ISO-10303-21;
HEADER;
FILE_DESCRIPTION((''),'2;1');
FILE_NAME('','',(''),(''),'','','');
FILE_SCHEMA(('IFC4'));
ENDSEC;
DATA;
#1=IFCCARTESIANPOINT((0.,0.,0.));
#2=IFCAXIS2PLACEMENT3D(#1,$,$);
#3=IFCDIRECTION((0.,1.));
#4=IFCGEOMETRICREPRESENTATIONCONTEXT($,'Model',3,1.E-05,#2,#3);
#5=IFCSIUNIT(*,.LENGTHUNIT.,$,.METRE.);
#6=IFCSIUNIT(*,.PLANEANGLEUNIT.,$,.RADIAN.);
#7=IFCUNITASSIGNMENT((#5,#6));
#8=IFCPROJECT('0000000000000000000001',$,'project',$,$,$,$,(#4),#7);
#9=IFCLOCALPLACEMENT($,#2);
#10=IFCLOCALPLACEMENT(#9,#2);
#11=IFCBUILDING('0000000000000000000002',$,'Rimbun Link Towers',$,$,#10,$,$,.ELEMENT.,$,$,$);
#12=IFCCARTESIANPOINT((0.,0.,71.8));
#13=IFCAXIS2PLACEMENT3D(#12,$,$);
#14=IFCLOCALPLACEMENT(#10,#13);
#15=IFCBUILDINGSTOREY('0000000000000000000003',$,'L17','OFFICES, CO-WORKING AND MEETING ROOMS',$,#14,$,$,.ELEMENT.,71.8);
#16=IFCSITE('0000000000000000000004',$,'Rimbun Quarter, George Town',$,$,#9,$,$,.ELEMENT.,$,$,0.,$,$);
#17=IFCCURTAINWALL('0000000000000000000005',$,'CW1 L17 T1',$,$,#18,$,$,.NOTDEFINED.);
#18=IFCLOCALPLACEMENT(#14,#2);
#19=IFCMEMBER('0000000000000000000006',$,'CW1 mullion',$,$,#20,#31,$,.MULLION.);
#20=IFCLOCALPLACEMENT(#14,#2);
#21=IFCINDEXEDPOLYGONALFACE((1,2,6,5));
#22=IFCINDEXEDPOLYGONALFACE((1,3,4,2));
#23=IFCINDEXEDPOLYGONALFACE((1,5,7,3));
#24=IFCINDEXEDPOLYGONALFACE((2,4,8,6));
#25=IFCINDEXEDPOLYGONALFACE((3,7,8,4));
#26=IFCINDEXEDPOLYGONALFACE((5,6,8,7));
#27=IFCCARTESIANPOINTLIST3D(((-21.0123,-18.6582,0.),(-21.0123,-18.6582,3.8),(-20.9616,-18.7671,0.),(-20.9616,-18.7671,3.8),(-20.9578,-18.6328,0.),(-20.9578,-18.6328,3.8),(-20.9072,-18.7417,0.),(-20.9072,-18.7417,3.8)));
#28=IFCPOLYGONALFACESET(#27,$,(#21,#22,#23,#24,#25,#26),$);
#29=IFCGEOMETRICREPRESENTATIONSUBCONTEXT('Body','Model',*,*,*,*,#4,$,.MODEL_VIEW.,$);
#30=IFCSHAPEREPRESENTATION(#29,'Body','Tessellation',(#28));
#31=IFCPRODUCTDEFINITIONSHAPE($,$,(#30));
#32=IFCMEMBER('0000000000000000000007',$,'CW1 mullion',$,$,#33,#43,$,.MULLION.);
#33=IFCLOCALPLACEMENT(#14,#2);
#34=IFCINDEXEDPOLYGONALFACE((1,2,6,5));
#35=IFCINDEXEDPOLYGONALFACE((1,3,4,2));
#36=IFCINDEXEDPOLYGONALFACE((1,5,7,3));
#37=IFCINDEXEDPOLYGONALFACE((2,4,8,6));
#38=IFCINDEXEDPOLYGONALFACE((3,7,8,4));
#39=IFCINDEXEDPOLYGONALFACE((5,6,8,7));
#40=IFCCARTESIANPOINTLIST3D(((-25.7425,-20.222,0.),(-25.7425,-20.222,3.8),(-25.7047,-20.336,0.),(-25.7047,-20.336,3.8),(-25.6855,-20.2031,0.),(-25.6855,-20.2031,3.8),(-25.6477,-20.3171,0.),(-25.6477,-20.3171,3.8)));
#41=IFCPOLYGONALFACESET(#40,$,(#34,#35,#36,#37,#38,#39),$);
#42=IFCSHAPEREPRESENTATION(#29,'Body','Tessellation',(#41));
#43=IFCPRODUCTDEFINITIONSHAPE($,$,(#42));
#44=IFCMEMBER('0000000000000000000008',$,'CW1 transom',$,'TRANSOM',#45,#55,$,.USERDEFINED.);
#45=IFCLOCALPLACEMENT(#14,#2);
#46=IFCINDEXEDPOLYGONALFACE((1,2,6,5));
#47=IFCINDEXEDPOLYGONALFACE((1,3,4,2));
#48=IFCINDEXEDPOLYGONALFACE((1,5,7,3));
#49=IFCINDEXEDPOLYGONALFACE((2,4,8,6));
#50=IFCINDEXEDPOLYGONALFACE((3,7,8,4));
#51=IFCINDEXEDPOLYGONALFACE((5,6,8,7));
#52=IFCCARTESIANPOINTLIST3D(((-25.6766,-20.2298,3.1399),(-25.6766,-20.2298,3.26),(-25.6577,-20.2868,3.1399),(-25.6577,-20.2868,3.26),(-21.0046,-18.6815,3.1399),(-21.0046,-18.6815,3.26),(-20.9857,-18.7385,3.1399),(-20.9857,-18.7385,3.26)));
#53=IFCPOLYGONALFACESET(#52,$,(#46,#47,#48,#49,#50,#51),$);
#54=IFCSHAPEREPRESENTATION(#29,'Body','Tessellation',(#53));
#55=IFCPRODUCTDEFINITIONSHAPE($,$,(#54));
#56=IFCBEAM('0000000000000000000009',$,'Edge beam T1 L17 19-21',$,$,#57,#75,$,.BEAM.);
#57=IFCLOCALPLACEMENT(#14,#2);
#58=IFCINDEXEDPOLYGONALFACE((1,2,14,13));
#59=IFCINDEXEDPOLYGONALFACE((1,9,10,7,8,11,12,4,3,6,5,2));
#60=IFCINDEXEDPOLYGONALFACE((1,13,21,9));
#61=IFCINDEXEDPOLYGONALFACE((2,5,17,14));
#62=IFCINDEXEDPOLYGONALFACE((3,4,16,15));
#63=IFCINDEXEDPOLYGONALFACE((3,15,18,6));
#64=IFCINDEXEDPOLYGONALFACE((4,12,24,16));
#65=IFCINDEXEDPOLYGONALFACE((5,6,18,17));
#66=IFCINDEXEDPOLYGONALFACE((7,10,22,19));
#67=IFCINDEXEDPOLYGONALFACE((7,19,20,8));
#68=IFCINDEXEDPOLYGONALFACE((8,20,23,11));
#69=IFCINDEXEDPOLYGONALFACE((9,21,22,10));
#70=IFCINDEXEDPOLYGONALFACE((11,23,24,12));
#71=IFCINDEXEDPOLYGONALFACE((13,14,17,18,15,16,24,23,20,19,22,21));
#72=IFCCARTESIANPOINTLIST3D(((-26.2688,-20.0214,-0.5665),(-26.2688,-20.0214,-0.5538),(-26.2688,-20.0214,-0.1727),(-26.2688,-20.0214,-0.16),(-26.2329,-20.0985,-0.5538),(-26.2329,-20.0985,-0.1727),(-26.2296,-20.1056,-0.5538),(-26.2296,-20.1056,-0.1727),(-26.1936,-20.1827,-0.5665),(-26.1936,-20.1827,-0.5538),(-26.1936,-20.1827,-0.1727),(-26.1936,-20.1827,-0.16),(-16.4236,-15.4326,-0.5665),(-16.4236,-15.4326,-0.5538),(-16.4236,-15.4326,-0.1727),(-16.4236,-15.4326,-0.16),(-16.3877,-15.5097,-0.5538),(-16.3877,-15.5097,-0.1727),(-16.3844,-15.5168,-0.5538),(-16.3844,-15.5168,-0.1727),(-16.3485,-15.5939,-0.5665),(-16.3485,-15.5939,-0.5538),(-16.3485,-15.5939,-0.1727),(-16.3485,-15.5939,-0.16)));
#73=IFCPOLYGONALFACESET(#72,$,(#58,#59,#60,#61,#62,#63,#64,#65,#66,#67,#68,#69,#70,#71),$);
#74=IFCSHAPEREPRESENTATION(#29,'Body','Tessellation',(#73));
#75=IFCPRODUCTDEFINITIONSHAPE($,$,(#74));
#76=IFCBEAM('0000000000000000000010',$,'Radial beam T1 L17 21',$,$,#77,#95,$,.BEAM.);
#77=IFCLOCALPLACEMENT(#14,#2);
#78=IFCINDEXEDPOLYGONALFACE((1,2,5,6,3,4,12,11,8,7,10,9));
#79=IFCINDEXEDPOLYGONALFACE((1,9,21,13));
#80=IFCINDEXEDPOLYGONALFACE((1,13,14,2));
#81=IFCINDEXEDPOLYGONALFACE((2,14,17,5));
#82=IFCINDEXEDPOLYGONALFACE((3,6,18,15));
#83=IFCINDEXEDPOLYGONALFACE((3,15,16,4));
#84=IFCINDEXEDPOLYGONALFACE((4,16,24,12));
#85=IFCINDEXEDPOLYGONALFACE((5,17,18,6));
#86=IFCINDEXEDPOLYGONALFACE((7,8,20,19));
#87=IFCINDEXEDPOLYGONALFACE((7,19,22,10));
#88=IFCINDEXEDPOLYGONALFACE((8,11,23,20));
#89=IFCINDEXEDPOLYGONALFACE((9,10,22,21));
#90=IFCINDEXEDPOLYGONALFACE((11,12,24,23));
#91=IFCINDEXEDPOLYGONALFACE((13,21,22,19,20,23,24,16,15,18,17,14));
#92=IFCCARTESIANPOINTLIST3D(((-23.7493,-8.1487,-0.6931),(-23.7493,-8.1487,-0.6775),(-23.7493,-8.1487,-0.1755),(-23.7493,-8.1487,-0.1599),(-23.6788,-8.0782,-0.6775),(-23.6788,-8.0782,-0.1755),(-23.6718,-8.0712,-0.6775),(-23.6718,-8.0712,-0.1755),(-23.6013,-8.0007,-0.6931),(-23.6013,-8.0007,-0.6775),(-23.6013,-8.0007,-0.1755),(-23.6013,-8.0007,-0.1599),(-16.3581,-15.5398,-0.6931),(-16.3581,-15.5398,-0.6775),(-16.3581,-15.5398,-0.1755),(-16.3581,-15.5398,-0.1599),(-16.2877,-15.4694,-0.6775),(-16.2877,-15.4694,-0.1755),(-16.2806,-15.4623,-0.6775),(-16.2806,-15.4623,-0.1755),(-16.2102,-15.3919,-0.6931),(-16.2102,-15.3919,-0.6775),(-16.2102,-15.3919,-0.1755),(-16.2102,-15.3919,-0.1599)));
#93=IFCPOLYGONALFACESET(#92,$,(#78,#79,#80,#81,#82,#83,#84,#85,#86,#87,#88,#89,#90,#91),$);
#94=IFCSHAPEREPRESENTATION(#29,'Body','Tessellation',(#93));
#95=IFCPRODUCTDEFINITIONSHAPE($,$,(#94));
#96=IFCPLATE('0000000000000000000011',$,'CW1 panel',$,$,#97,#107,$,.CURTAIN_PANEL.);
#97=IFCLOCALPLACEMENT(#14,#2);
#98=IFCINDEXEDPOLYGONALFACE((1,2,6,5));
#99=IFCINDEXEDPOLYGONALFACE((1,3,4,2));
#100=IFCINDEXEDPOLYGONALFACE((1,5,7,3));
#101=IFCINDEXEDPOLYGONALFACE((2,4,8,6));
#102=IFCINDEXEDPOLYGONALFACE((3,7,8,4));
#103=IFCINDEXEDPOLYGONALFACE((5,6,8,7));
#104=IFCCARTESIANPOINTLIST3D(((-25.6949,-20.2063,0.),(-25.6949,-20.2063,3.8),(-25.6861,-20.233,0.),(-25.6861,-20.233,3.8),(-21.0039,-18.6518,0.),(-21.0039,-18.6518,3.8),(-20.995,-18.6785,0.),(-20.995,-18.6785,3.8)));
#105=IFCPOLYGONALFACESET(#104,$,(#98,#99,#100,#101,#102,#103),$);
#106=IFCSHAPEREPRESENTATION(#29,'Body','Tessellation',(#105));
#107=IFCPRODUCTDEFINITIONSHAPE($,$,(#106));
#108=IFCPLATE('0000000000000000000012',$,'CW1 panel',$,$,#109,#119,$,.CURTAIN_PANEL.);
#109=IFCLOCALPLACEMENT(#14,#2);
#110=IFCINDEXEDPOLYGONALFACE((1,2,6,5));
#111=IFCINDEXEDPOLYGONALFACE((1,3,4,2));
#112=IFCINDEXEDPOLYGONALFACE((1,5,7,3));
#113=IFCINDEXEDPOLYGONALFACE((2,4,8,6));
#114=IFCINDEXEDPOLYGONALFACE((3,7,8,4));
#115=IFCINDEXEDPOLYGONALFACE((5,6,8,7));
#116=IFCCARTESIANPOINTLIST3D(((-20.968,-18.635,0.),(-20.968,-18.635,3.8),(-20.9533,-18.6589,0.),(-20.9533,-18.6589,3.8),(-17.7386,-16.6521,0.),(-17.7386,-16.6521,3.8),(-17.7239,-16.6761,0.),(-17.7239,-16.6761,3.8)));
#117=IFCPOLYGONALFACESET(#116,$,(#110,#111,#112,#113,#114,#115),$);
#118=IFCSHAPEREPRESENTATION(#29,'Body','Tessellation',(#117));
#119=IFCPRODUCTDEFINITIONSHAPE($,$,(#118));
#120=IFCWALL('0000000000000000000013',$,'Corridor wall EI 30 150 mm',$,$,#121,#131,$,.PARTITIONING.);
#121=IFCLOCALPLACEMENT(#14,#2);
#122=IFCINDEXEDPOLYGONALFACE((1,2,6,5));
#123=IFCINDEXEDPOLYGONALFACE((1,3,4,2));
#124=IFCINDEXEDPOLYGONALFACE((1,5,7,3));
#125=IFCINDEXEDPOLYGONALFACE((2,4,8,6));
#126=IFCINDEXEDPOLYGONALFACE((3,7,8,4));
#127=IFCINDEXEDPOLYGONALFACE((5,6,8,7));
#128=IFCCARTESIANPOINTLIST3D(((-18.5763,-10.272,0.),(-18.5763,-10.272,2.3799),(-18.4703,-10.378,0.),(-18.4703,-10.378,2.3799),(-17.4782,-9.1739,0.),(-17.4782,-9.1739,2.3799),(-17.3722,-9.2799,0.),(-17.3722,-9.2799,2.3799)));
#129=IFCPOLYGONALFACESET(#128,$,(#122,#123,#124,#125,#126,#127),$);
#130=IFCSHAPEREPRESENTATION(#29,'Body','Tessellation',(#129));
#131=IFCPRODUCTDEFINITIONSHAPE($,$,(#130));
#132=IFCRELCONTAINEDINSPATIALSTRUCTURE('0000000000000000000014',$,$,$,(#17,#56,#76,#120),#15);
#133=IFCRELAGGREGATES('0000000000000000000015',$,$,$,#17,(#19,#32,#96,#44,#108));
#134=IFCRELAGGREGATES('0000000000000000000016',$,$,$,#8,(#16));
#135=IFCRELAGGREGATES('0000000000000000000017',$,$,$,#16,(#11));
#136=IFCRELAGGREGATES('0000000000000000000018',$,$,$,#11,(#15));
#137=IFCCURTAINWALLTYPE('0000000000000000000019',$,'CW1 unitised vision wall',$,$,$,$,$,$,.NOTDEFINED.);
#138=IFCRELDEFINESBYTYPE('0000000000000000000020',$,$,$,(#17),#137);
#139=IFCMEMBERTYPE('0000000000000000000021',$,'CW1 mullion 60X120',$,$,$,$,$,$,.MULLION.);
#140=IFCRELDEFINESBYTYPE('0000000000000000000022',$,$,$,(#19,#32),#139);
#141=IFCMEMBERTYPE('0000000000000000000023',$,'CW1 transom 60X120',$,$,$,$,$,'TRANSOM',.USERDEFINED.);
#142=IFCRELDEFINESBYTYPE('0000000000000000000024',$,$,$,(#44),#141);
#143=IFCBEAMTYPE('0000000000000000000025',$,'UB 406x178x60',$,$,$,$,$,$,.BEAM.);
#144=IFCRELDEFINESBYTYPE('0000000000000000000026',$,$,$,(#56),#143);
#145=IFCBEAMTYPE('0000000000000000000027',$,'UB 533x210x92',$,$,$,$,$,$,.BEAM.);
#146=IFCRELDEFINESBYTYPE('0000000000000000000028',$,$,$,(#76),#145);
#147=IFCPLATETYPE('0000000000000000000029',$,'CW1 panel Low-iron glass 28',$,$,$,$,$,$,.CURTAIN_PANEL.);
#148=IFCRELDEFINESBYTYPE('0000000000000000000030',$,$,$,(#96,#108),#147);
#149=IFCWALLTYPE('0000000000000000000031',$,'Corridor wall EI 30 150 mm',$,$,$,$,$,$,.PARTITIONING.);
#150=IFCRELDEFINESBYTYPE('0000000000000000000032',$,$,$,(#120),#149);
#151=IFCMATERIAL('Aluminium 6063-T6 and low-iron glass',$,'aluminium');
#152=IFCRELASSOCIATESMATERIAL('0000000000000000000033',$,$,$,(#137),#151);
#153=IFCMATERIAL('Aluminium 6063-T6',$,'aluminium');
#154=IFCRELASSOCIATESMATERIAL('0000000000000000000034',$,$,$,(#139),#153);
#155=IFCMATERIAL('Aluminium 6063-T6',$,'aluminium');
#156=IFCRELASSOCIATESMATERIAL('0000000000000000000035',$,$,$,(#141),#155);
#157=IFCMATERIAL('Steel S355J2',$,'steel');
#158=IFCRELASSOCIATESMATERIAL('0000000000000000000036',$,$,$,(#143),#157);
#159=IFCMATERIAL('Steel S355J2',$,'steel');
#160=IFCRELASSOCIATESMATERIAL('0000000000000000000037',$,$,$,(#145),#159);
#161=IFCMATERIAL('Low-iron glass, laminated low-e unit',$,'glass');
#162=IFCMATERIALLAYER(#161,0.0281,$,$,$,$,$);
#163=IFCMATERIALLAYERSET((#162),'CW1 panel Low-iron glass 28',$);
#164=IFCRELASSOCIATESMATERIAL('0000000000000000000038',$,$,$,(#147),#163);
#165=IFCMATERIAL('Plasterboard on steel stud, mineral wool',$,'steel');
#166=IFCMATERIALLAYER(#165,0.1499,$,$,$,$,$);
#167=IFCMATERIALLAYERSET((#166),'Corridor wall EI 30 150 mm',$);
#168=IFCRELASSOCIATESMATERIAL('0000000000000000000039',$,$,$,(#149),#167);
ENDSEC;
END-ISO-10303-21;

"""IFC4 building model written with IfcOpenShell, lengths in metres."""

from ifc_helpers import new_model, si_unit, direction, frame, frame_2d, origin, origin_2d, place, context, subcontext, project, spatial, rectangle, i_section, extrude, material, layer, layer_set, material_profile, profile_set, type_object, element, aggregate, save


model = new_model("IFC4")

# Units and contexts
model_context = context("Model", 3, precision=1e-05, world=origin(), true_north=direction((0.0, 1.0)))
body_context = subcontext(model_context, "Body", "Model", "MODEL_VIEW")
ifc_project = project(units=[si_unit("LENGTHUNIT", "METRE"), si_unit("PLANEANGLEUNIT", "RADIAN")], contexts=[model_context])

# Site, building, storey
site_placement = place(None, origin())
site = spatial("IfcSite", under=ifc_project, at=site_placement, Name="Rimbun Quarter, George Town", CompositionType="ELEMENT", RefElevation=0.0)
building_placement = place(site_placement, origin())
building = spatial("IfcBuilding", under=site, at=building_placement, Name="Rimbun Link Towers", CompositionType="ELEMENT")
storey_placement = place(building_placement, frame((0.0, 0.0, 71.8)))
storey = spatial("IfcBuildingStorey", under=building, at=storey_placement, Name="L17", Description="OFFICES, CO-WORKING AND MEETING ROOMS", CompositionType="ELEMENT", Elevation=71.8)

# Curtain wall, members
ifc_material_1 = material(Name="Aluminium 6063-T6 and low-iron glass", Category="aluminium")
curtain_wall_type = type_object("IfcCurtainWallType", Name="CW1 unitised vision wall", PredefinedType="NOTDEFINED", material=ifc_material_1)
curtain_wall_placement = place(storey_placement, origin())
curtain_wall = element("IfcCurtainWall", 1, at=curtain_wall_placement, inside=storey, type_object=curtain_wall_type, Name="CW1 L17 T1", PredefinedType="NOTDEFINED")
ifc_material_2 = material(Name="Aluminium 6063-T6", Category="aluminium")
ifc_material_profile_1 = material_profile(ifc_material_2, rectangle(XDim=0.1201, YDim=0.0601, at=origin_2d()), Name="MULLION 60X120")
ifc_profile_set_1 = profile_set([ifc_material_profile_1], Name="Aluminium 6063-T6")
member_type_1 = type_object("IfcMemberType", Name="CW1 mullion 60X120", PredefinedType="MULLION", material=ifc_profile_set_1)
member_1_placement = place(storey_placement, frame((-20.9597, -18.7, 0.0), z_axis=(0.0, 0.0, 1.0), x_axis=(0.421699, -0.906736, 0.0)))
member_1 = element("IfcMember", 2, at=member_1_placement, type_object=member_type_1, Name="CW1 mullion", PredefinedType="MULLION", context=body_context, shape_type="SweptSolid", body=[
    extrude(rectangle(XDim=0.1201, YDim=0.0601, at=origin_2d()), origin(), (0.0, 0.0, 1.0), 3.8),
])
member_2_placement = place(storey_placement, frame((-25.6951, -20.2695, 0.0), z_axis=(0.0, 0.0, 1.0), x_axis=(0.314556, -0.949239, 0.0)))
member_2 = element("IfcMember", 3, at=member_2_placement, type_object=member_type_1, Name="CW1 mullion", PredefinedType="MULLION", context=body_context, shape_type="SweptSolid", body=[
    extrude(rectangle(XDim=0.1201, YDim=0.0601, at=origin_2d()), origin(), (0.0, 0.0, 1.0), 3.8),
])
ifc_material_3 = material(Name="Aluminium 6063-T6", Category="aluminium")
ifc_material_profile_2 = material_profile(ifc_material_3, rectangle(XDim=0.0601, YDim=0.1201, at=origin_2d()), Name="TRANSOM 60X120")
ifc_profile_set_2 = profile_set([ifc_material_profile_2], Name="Aluminium 6063-T6")
member_type_2 = type_object("IfcMemberType", Name="CW1 transom 60X120", ElementType="TRANSOM", PredefinedType="USERDEFINED", material=ifc_profile_set_2)
member_3_placement = place(storey_placement, frame((-20.9951, -18.71, 3.2), z_axis=(-0.949232, -0.314576, 0.0), x_axis=(0.314576, -0.949232, 0.0)))
member_3 = element("IfcMember", 4, at=member_3_placement, type_object=member_type_2, Name="CW1 transom", ObjectType="TRANSOM", PredefinedType="USERDEFINED", context=body_context, shape_type="SweptSolid", body=[
    extrude(rectangle(XDim=0.0601, YDim=0.1201, at=origin_2d()), origin(), (0.0, 0.0, 1.0), 4.9219),
])

# Beams
ifc_material_4 = material(Name="Steel S355J2", Category="steel")
ifc_material_profile_3 = material_profile(ifc_material_4, i_section(OverallWidth=0.178, OverallDepth=0.4065, WebThickness=0.0078, FlangeThickness=0.0127, at=origin_2d()), Name="UB 406x178x60")
ifc_profile_set_3 = profile_set([ifc_material_profile_3], Name="Steel S355J2")
beam_type_1 = type_object("IfcBeamType", Name="UB 406x178x60", PredefinedType="BEAM", material=ifc_profile_set_3)
beam_1_placement = place(storey_placement, frame((-26.2312, -20.1021, -0.3633), z_axis=(0.906379, 0.422465, 0.0), x_axis=(-0.422465, 0.906379, 0.0)))
element("IfcBeam", 5, at=beam_1_placement, inside=storey, type_object=beam_type_1, Name="Edge beam T1 L17 19-21", PredefinedType="BEAM", context=body_context, shape_type="SweptSolid", body=[
    extrude(i_section(OverallWidth=0.178, OverallDepth=0.4065, WebThickness=0.0078, FlangeThickness=0.0127, at=origin_2d()), origin(), (0.0, 0.0, 1.0), 10.8621),
])
ifc_material_5 = material(Name="Steel S355J2", Category="steel")
ifc_material_profile_4 = material_profile(ifc_material_5, i_section(OverallWidth=0.2092, OverallDepth=0.5332, WebThickness=0.01, FlangeThickness=0.0156, at=origin_2d()), Name="UB 533x210x92")
ifc_profile_set_4 = profile_set([ifc_material_profile_4], Name="Steel S355J2")
beam_type_2 = type_object("IfcBeamType", Name="UB 533x210x92", PredefinedType="BEAM", material=ifc_profile_set_4)
beam_2_placement = place(storey_placement, frame((-23.6753, -8.0747, -0.4265), z_axis=(0.707107, -0.707107, 0.0), x_axis=(0.707107, 0.707107, 0.0)))
element("IfcBeam", 6, at=beam_2_placement, inside=storey, type_object=beam_type_2, Name="Radial beam T1 L17 21", PredefinedType="BEAM", context=body_context, shape_type="SweptSolid", body=[
    extrude(i_section(OverallWidth=0.2092, OverallDepth=0.5332, WebThickness=0.01, FlangeThickness=0.0156, at=origin_2d()), origin(), (0.0, 0.0, 1.0), 10.4526),
])

# Plates
ifc_material_6 = material(Name="Low-iron glass, laminated low-e unit", Category="glass")
ifc_layer_1 = layer(ifc_material_6, 0.0281)
ifc_layer_set_1 = layer_set([ifc_layer_1], Name="CW1 panel Low-iron glass 28")
plate_type = type_object("IfcPlateType", Name="CW1 panel Low-iron glass 28", PredefinedType="CURTAIN_PANEL", material=ifc_layer_set_1)
plate_1_placement = place(storey_placement, frame((-23.345, -19.4424, 0.0), z_axis=(0.0, 0.0, 1.0), x_axis=(-0.949239, -0.314556, 0.0)))
plate_1 = element("IfcPlate", 7, at=plate_1_placement, type_object=plate_type, Name="CW1 panel", PredefinedType="CURTAIN_PANEL", context=body_context, shape_type="SweptSolid", body=[
    extrude(rectangle(XDim=4.9419, YDim=0.0281, at=origin_2d()), origin(), (0.0, 0.0, 1.0), 3.8),
])
plate_2_placement = place(storey_placement, frame((-19.3459, -17.6555, 0.0), z_axis=(0.0, 0.0, 1.0), x_axis=(-0.852186, -0.523239, 0.0)))
plate_2 = element("IfcPlate", 8, at=plate_2_placement, type_object=plate_type, Name="CW1 panel", PredefinedType="CURTAIN_PANEL", context=body_context, shape_type="SweptSolid", body=[
    extrude(rectangle(XDim=3.7896, YDim=0.0281, at=origin_2d()), origin(), (0.0, 0.0, 1.0), 3.8),
])
aggregate(curtain_wall, [member_1, member_2, plate_1, member_3, plate_2])

# Wall
ifc_material_7 = material(Name="Plasterboard on steel stud, mineral wool", Category="steel")
ifc_layer_2 = layer(ifc_material_7, 0.1499)
ifc_layer_set_2 = layer_set([ifc_layer_2], Name="Corridor wall EI 30 150 mm")
wall_type_1 = type_object("IfcWallType", Name="Corridor wall EI 30 150 mm", PredefinedType="PARTITIONING", material=ifc_layer_set_2)
wall_1_placement = place(storey_placement, frame((-18.5232, -10.325, 0.0), z_axis=(0.0, 0.0, 1.0), x_axis=(0.707107, 0.707107, 0.0)))
element("IfcWall", 9, at=wall_1_placement, inside=storey, type_object=wall_type_1, Name="Corridor wall EI 30 150 mm", PredefinedType="PARTITIONING", context=body_context, shape_type="SweptSolid", body=[
    extrude(rectangle(XDim=1.553, YDim=0.1499, at=frame_2d((0.7764, 0.0))), origin(), (0.0, 0.0, 1.0), 2.3799),
])

save(model, "model.ifc")
